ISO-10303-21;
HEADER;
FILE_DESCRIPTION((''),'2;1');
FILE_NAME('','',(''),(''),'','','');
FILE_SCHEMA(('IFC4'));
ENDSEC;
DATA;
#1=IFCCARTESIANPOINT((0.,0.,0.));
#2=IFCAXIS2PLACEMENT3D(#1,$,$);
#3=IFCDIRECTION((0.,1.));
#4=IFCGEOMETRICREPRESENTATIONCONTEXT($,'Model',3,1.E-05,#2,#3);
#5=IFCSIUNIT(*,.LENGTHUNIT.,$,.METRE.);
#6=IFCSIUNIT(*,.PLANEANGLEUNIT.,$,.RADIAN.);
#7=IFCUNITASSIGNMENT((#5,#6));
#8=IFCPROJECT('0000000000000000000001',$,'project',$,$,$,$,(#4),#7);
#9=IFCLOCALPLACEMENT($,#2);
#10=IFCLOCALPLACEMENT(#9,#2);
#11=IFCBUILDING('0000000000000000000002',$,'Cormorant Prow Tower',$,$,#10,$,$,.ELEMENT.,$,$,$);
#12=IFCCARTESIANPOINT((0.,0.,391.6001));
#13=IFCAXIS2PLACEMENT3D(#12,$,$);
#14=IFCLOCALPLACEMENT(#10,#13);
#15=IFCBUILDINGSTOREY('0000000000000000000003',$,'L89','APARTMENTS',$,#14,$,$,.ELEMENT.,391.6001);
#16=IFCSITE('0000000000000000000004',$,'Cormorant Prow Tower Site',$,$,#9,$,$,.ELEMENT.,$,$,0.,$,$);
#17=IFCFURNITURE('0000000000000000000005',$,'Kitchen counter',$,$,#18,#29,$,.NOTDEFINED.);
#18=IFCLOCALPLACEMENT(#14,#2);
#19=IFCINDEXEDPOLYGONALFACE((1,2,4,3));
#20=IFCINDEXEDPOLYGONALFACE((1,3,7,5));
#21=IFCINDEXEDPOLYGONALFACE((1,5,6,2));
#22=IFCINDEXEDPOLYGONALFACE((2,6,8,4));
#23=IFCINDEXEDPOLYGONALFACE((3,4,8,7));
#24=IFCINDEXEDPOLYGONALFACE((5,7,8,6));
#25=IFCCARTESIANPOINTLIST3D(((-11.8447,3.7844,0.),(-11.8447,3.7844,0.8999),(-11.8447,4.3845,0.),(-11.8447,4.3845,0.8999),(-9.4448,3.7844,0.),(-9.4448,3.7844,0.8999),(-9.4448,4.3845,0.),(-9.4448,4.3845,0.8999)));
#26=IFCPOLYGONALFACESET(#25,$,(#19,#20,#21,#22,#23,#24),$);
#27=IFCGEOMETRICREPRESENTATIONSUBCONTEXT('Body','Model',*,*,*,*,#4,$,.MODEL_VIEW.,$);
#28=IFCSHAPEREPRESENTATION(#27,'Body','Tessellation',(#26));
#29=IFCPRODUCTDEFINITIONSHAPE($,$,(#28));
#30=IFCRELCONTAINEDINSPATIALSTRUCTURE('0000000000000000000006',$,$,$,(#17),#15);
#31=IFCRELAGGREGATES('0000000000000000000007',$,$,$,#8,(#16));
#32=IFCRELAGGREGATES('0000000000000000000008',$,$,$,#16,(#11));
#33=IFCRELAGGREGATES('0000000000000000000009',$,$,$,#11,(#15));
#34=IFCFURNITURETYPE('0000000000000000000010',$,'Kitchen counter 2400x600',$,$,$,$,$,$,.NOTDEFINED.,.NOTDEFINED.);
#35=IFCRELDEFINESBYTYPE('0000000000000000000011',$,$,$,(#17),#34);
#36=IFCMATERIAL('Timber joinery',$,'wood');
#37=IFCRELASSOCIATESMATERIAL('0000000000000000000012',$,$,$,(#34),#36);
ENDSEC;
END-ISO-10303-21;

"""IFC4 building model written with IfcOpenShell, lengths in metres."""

from ifc_helpers import new_model, si_unit, direction, frame, origin, origin_2d, place, context, subcontext, project, spatial, rectangle, extrude, material, type_object, element, save


model = new_model("IFC4")

# Units and contexts
model_context = context("Model", 3, precision=1e-05, world=origin(), true_north=direction((0.0, 1.0)))
body_context = subcontext(model_context, "Body", "Model", "MODEL_VIEW")
ifc_project = project(units=[si_unit("LENGTHUNIT", "METRE"), si_unit("PLANEANGLEUNIT", "RADIAN")], contexts=[model_context])

# Site, building, storey
site_placement = place(None, origin())
site = spatial("IfcSite", under=ifc_project, at=site_placement, Name="Cormorant Prow Tower Site", CompositionType="ELEMENT", RefElevation=0.0)
building_placement = place(site_placement, origin())
building = spatial("IfcBuilding", under=site, at=building_placement, Name="Cormorant Prow Tower", CompositionType="ELEMENT")
storey_placement = place(building_placement, frame((0.0, 0.0, 391.6001)))
storey = spatial("IfcBuildingStorey", under=building, at=storey_placement, Name="L89", Description="APARTMENTS", CompositionType="ELEMENT", Elevation=391.6001)

# Furniture
ifc_material_1 = material(Name="Timber joinery", Category="wood")
furniture_type = type_object("IfcFurnitureType", Name="Kitchen counter 2400x600", AssemblyPlace="NOTDEFINED", PredefinedType="NOTDEFINED", material=ifc_material_1)
furniture_placement = place(storey_placement, frame((-10.6448, 4.0845, 0.0), z_axis=(0.0, 0.0, 1.0), x_axis=(1.0, 0.0, 0.0)))
element("IfcFurniture", 1, at=furniture_placement, inside=storey, type_object=furniture_type, Name="Kitchen counter", PredefinedType="NOTDEFINED", context=body_context, shape_type="SweptSolid", body=[
    extrude(rectangle(XDim=2.3999, YDim=0.6001, at=origin_2d()), origin(), (0.0, 0.0, 1.0), 0.8999),
])

save(model, "model.ifc")
